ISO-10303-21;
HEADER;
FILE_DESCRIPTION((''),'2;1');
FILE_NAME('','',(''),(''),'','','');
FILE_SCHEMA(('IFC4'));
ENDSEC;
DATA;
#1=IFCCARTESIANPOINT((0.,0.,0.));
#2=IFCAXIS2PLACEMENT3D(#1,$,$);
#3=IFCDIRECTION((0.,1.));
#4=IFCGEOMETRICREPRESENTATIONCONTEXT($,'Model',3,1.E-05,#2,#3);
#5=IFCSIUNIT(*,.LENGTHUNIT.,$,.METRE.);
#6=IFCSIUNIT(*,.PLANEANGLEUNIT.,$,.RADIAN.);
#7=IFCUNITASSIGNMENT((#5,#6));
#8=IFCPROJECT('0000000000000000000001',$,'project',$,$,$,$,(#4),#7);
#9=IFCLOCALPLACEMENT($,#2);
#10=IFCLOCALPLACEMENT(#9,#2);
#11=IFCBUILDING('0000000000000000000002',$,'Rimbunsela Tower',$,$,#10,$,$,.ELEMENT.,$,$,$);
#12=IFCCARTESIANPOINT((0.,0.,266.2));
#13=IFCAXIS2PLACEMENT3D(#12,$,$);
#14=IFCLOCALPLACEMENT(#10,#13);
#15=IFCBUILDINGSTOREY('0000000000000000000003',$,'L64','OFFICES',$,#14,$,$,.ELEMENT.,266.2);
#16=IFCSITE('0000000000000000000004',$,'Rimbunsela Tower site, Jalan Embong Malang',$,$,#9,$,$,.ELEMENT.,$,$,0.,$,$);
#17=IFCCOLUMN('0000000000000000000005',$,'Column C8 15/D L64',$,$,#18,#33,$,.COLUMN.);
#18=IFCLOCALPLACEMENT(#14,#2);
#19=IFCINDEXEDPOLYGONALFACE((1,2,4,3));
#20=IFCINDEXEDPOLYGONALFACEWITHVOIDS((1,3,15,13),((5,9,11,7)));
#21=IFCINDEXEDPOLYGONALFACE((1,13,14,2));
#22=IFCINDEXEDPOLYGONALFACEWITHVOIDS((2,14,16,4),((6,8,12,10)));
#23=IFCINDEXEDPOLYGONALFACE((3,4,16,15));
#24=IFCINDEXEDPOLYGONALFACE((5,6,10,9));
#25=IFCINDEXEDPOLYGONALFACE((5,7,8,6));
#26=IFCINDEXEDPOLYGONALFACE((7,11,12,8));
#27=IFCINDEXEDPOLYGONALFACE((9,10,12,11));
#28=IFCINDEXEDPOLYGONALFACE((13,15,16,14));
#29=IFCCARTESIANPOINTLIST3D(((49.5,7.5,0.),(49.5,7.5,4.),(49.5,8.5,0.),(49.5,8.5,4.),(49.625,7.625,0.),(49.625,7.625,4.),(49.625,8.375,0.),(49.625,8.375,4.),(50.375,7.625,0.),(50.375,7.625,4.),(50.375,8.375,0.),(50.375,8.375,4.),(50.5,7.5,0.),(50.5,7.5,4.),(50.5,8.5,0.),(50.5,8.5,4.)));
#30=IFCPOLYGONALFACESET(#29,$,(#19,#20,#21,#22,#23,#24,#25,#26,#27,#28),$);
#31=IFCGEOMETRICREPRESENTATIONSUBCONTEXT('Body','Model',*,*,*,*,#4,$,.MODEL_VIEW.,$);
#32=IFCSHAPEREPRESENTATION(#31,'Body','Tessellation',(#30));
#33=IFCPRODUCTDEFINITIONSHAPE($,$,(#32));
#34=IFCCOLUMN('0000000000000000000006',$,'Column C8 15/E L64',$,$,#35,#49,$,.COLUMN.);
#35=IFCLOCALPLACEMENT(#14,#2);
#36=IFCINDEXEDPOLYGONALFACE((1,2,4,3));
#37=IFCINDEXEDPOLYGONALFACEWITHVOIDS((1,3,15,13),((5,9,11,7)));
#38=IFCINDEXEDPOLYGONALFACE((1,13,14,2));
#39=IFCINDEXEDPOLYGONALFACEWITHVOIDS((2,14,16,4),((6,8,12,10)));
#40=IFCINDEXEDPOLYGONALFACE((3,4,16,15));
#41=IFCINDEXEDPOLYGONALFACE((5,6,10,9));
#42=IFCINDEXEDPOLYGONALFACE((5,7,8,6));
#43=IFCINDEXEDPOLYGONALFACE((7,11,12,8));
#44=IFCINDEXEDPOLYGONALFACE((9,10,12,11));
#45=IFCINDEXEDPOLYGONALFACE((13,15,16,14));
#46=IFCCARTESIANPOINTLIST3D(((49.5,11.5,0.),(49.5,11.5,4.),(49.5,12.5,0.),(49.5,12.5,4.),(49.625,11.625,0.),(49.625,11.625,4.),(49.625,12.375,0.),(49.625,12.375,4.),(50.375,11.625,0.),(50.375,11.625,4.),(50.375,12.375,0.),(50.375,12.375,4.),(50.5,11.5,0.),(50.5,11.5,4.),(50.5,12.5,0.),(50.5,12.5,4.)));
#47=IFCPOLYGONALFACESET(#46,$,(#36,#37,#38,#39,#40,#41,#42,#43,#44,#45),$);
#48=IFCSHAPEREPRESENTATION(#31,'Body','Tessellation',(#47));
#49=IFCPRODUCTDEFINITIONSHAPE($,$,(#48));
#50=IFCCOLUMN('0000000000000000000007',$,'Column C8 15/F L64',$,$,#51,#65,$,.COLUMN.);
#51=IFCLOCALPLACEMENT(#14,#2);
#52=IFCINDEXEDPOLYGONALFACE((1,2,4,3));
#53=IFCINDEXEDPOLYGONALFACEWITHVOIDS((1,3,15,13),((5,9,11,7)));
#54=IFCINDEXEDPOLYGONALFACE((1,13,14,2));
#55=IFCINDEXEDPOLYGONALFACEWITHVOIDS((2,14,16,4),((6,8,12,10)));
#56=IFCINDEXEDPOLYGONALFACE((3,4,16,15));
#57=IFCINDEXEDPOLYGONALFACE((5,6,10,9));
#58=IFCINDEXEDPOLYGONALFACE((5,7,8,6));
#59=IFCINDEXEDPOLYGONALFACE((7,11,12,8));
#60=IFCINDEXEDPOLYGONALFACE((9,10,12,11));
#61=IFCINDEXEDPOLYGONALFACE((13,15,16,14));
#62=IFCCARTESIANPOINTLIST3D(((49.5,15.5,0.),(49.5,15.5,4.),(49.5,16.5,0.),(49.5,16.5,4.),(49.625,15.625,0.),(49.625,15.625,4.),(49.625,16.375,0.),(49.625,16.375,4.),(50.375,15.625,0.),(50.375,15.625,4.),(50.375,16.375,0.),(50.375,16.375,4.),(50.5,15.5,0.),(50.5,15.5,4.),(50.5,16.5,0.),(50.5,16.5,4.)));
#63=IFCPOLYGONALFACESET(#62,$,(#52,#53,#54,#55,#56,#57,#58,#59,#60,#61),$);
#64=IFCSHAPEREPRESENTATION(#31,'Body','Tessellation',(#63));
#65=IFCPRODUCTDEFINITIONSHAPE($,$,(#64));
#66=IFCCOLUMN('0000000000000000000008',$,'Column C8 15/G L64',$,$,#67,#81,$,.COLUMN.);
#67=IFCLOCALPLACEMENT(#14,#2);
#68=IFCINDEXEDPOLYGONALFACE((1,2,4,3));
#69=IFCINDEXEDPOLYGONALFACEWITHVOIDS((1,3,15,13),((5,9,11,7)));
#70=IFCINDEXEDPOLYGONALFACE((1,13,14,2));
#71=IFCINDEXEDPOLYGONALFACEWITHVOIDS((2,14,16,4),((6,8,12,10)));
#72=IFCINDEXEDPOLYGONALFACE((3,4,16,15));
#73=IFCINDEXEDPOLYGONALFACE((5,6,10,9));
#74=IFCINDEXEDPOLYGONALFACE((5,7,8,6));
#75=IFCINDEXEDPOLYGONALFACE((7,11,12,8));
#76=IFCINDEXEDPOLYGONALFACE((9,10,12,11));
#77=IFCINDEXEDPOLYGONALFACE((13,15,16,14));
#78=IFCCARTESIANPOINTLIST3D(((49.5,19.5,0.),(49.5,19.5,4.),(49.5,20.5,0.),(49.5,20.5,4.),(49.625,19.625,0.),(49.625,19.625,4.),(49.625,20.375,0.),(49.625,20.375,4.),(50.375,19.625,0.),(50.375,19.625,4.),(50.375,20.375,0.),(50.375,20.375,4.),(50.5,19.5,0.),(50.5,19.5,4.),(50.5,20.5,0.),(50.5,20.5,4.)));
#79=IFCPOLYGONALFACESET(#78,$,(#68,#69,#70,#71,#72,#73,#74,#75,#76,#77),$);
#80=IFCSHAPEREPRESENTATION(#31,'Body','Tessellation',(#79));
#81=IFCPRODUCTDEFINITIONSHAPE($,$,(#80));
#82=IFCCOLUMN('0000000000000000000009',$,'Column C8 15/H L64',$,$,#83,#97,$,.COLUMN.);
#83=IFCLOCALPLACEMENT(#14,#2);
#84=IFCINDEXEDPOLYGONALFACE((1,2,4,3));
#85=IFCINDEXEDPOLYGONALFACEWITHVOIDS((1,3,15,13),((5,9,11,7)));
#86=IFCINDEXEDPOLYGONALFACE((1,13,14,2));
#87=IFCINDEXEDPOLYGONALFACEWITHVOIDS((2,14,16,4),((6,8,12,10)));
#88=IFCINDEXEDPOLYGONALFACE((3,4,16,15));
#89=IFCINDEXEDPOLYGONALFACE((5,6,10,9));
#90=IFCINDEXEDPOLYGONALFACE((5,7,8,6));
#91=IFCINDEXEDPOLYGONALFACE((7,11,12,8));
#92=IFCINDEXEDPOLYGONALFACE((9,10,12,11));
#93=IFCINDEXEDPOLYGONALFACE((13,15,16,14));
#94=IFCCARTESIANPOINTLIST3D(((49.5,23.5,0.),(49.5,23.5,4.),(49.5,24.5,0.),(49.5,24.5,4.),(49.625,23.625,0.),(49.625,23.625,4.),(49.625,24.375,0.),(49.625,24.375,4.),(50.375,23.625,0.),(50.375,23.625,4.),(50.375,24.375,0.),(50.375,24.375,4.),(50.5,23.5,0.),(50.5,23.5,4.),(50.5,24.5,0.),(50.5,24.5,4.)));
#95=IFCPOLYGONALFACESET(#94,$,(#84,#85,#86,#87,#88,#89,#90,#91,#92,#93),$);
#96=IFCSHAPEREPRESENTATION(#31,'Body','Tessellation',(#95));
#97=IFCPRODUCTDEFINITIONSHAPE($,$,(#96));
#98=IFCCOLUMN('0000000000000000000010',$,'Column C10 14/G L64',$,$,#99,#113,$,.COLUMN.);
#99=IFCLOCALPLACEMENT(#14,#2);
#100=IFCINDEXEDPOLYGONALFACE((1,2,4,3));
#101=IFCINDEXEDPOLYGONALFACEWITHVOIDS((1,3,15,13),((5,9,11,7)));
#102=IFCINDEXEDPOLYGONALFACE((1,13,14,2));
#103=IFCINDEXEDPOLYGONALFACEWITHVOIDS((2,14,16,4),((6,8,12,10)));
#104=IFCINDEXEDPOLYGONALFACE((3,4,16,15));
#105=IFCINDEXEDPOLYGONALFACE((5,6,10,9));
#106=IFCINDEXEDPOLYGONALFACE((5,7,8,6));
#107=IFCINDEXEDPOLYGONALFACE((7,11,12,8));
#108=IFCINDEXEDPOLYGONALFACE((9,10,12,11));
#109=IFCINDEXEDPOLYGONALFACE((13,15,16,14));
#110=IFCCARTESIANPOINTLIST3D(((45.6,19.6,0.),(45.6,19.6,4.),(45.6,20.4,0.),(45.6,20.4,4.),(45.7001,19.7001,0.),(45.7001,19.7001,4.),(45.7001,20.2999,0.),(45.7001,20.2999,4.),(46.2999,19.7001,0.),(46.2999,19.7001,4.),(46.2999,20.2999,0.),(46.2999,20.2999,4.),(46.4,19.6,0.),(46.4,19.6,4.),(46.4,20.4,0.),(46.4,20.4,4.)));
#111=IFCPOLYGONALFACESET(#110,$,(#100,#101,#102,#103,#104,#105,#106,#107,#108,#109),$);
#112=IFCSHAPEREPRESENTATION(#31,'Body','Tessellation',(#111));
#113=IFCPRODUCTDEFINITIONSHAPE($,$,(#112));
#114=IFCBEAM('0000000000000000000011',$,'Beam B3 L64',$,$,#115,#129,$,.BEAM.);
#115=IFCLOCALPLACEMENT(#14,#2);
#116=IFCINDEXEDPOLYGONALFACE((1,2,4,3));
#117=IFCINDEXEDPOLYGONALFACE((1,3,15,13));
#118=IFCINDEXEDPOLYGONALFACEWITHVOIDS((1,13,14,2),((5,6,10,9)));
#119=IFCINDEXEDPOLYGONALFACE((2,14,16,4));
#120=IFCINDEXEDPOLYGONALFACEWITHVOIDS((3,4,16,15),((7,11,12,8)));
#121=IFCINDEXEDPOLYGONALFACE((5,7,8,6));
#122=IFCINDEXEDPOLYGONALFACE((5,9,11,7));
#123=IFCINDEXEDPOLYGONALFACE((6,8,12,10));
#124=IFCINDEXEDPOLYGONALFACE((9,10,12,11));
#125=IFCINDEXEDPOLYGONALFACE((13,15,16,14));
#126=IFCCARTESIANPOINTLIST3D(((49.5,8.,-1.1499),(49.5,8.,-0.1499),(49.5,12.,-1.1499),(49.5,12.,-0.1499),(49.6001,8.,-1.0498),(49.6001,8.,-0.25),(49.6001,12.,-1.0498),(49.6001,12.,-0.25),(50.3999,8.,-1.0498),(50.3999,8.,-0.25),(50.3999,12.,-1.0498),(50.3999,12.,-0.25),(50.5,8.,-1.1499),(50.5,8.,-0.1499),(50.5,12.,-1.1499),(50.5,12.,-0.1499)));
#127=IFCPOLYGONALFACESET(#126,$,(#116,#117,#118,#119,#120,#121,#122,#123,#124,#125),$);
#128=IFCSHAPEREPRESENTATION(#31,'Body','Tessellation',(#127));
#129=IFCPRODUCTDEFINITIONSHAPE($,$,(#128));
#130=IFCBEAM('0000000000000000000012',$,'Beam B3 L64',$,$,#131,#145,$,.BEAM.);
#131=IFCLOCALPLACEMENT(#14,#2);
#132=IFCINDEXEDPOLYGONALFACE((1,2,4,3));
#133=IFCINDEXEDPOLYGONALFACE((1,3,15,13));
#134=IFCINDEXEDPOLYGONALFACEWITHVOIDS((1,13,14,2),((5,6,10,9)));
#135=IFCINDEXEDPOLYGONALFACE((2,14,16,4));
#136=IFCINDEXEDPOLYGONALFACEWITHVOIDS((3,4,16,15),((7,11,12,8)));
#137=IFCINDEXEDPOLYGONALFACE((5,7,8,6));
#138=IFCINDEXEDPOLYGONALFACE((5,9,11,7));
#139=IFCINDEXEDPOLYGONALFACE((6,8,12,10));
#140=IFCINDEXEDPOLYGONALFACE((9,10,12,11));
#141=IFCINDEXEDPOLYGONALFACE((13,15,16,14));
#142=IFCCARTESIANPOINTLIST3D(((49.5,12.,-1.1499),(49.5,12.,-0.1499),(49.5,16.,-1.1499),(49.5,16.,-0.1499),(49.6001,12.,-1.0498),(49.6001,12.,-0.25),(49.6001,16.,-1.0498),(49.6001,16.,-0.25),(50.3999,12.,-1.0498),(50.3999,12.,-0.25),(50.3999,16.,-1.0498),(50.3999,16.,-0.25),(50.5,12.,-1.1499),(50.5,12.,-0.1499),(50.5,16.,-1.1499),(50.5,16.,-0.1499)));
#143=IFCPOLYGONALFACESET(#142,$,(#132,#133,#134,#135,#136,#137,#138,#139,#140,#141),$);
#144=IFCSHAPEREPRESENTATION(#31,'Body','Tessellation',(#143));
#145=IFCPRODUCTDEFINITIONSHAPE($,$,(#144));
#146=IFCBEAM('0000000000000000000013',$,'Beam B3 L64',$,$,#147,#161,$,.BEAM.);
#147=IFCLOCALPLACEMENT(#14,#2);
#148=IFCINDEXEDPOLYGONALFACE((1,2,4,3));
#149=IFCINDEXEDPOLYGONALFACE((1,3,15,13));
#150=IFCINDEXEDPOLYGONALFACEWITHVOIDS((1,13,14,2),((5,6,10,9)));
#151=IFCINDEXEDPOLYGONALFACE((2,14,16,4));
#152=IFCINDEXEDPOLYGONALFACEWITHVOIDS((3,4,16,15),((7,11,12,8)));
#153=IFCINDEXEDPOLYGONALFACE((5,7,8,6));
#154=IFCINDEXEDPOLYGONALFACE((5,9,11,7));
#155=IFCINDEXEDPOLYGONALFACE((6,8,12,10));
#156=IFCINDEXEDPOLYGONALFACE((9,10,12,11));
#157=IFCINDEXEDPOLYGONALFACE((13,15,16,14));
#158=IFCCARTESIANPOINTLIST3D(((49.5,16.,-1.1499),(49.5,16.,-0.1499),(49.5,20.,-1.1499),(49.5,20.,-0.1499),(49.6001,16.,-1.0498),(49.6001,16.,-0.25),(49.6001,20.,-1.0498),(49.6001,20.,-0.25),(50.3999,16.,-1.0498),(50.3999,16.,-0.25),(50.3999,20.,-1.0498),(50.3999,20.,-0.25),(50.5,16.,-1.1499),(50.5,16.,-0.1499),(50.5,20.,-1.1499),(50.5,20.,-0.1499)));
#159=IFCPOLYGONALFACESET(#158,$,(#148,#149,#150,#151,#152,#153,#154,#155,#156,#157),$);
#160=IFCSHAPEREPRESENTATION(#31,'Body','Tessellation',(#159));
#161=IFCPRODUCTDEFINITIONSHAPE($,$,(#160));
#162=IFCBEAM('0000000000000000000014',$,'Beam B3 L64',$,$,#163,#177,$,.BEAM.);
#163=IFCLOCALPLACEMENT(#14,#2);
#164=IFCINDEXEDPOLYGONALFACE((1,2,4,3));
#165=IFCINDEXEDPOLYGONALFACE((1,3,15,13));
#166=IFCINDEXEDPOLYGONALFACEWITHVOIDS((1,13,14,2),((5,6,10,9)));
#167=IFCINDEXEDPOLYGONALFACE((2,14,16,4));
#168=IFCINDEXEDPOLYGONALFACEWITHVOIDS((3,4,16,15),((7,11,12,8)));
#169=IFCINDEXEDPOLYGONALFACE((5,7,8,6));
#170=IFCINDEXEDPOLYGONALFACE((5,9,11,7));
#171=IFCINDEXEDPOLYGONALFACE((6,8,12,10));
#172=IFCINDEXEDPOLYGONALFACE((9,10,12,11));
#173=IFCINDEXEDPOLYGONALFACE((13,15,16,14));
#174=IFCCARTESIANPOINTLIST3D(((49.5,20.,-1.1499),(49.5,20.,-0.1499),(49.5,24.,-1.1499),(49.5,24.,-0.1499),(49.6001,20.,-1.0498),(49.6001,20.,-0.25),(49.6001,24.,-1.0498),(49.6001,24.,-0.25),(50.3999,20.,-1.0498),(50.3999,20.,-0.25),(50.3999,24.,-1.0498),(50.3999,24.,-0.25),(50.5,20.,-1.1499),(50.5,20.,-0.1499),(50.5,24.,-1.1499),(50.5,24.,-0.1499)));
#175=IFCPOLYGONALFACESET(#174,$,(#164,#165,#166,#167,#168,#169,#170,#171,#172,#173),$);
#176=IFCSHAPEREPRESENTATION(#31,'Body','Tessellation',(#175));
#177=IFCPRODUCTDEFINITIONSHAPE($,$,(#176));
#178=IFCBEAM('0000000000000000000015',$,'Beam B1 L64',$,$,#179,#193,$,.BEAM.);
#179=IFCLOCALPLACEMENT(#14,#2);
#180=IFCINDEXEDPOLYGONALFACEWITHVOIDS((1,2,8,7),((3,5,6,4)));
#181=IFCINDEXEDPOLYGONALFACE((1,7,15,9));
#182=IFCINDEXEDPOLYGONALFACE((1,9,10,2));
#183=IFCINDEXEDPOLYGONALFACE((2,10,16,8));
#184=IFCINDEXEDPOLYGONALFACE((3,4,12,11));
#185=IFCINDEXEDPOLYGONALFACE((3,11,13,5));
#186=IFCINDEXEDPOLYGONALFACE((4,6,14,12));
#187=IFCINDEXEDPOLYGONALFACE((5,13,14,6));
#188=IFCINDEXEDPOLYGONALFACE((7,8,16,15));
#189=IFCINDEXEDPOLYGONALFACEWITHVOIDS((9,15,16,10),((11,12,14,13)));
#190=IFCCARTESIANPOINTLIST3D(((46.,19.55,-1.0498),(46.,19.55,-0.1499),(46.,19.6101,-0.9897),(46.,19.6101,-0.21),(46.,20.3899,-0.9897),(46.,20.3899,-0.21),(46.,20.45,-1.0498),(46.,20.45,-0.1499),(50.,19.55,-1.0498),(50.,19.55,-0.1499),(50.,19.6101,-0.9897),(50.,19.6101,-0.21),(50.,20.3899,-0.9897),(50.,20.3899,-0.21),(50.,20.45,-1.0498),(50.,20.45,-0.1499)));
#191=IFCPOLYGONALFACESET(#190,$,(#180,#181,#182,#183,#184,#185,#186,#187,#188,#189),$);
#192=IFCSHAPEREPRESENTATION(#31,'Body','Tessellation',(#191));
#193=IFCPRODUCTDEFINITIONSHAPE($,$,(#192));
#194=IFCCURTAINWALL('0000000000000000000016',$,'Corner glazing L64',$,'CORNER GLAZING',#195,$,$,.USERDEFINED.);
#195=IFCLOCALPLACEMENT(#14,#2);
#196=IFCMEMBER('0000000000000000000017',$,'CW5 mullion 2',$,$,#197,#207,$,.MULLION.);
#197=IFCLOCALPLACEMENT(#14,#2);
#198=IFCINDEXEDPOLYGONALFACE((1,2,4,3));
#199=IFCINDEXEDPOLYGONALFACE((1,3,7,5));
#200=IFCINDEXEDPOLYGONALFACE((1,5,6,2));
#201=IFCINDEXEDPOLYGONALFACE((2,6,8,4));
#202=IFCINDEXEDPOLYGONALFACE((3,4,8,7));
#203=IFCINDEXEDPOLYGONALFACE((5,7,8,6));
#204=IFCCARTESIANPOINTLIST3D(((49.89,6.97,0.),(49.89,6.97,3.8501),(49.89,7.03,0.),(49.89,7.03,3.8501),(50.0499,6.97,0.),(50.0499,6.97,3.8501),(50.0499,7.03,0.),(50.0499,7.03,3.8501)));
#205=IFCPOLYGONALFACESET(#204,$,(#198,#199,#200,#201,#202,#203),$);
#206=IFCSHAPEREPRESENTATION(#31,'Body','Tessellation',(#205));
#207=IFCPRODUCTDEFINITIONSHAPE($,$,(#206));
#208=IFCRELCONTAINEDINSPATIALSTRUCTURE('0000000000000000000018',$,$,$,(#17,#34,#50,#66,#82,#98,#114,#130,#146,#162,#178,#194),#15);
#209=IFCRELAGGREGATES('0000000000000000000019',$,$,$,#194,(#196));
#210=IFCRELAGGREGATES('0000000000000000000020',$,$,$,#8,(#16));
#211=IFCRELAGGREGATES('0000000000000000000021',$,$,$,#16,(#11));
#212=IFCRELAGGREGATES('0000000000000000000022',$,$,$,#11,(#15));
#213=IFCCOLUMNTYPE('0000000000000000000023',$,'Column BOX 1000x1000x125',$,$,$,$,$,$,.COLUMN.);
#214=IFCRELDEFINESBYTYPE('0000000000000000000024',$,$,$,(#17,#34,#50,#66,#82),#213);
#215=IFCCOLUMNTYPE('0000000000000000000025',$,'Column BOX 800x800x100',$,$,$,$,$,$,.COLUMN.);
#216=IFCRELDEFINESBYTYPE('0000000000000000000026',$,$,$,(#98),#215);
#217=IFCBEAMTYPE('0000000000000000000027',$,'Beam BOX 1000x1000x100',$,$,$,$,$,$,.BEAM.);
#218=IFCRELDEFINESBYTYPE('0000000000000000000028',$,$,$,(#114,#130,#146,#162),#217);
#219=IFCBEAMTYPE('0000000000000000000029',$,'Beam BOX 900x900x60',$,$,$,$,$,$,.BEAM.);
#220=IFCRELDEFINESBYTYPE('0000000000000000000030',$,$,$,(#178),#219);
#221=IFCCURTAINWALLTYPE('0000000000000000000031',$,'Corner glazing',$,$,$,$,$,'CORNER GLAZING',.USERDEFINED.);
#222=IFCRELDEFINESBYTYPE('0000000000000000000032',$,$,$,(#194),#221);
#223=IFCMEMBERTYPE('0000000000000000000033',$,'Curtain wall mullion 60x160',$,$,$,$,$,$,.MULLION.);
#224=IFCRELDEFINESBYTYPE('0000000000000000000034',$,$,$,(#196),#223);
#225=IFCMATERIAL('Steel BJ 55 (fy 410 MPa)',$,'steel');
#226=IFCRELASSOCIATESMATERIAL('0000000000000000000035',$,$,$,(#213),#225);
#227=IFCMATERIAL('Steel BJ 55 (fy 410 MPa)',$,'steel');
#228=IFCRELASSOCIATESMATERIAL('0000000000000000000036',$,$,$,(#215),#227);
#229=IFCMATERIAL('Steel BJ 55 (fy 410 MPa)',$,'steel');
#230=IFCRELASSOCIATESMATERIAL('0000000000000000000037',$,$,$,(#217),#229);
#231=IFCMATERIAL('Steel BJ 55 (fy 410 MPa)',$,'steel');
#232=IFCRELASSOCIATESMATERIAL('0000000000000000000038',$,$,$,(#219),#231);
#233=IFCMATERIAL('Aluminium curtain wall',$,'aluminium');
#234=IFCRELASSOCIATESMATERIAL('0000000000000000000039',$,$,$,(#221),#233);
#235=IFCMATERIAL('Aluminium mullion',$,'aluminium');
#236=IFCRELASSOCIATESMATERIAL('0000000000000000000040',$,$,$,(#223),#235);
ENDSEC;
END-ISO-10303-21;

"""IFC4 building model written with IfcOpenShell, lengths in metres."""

from ifc_helpers import new_model, si_unit, direction, frame, origin, origin_2d, place, context, subcontext, project, spatial, rectangle, hollow_rectangle, extrude, material, material_profile, profile_set, type_object, element, aggregate, save


model = new_model("IFC4")

# Units and contexts
model_context = context("Model", 3, precision=1e-05, world=origin(), true_north=direction((0.0, 1.0)))
body_context = subcontext(model_context, "Body", "Model", "MODEL_VIEW")
ifc_project = project(units=[si_unit("LENGTHUNIT", "METRE"), si_unit("PLANEANGLEUNIT", "RADIAN")], contexts=[model_context])

# Site, building, storey
site_placement = place(None, origin())
site = spatial("IfcSite", under=ifc_project, at=site_placement, Name="Rimbunsela Tower site, Jalan Embong Malang", CompositionType="ELEMENT", RefElevation=0.0)
building_placement = place(site_placement, origin())
building = spatial("IfcBuilding", under=site, at=building_placement, Name="Rimbunsela Tower", CompositionType="ELEMENT")
storey_placement = place(building_placement, frame((0.0, 0.0, 266.2)))
storey = spatial("IfcBuildingStorey", under=building, at=storey_placement, Name="L64", Description="OFFICES", CompositionType="ELEMENT", Elevation=266.2)

# Columns
ifc_material_1 = material(Name="Steel BJ 55 (fy 410 MPa)", Category="steel")
ifc_material_profile_1 = material_profile(ifc_material_1, hollow_rectangle(XDim=1.0, YDim=1.0, WallThickness=0.125, at=origin_2d()), Name="BOX 1000x1000x125")
ifc_profile_set_1 = profile_set([ifc_material_profile_1], Name="Steel BJ 55 (fy 410 MPa)")
column_type_1 = type_object("IfcColumnType", Name="Column BOX 1000x1000x125", PredefinedType="COLUMN", material=ifc_profile_set_1)
for number, where, z_axis, x_axis, name in (
    (1, (50.0, 8.0, 0.0), (0.0, 0.0, 1.0), (1.0, 0.0, 0.0), "Column C8 15/D L64"),
    (2, (50.0, 12.0, 0.0), (0.0, 0.0, 1.0), (1.0, 0.0, 0.0), "Column C8 15/E L64"),
    (3, (50.0, 16.0, 0.0), (0.0, 0.0, 1.0), (1.0, 0.0, 0.0), "Column C8 15/F L64"),
    (4, (50.0, 20.0, 0.0), (0.0, 0.0, 1.0), (1.0, 0.0, 0.0), "Column C8 15/G L64"),
    (5, (50.0, 24.0, 0.0), (0.0, 0.0, 1.0), (1.0, 0.0, 0.0), "Column C8 15/H L64"),
):
    element("IfcColumn", number, at=place(storey_placement, frame(where, z_axis=z_axis, x_axis=x_axis)), inside=storey, type_object=column_type_1, Name=name, PredefinedType="COLUMN", context=body_context, shape_type="SweptSolid", body=[
        extrude(hollow_rectangle(XDim=1.0, YDim=1.0, WallThickness=0.125, at=origin_2d()), origin(), (0.0, 0.0, 1.0), 4.0),
    ])
ifc_material_2 = material(Name="Steel BJ 55 (fy 410 MPa)", Category="steel")
ifc_material_profile_2 = material_profile(ifc_material_2, hollow_rectangle(XDim=0.8, YDim=0.8, WallThickness=0.1001, at=origin_2d()), Name="BOX 800x800x100")
ifc_profile_set_2 = profile_set([ifc_material_profile_2], Name="Steel BJ 55 (fy 410 MPa)")
column_type_2 = type_object("IfcColumnType", Name="Column BOX 800x800x100", PredefinedType="COLUMN", material=ifc_profile_set_2)
column_placement = place(storey_placement, frame((46.0, 20.0, 0.0), z_axis=(0.0, 0.0, 1.0), x_axis=(1.0, 0.0, 0.0)))
element("IfcColumn", 6, at=column_placement, inside=storey, type_object=column_type_2, Name="Column C10 14/G L64", PredefinedType="COLUMN", context=body_context, shape_type="SweptSolid", body=[
    extrude(hollow_rectangle(XDim=0.8, YDim=0.8, WallThickness=0.1001, at=origin_2d()), origin(), (0.0, 0.0, 1.0), 4.0),
])

# Beams
ifc_material_3 = material(Name="Steel BJ 55 (fy 410 MPa)", Category="steel")
ifc_material_profile_3 = material_profile(ifc_material_3, hollow_rectangle(XDim=1.0, YDim=1.0, WallThickness=0.1001, at=origin_2d()), Name="BOX 1000x1000x100")
ifc_profile_set_3 = profile_set([ifc_material_profile_3], Name="Steel BJ 55 (fy 410 MPa)")
beam_type_1 = type_object("IfcBeamType", Name="Beam BOX 1000x1000x100", PredefinedType="BEAM", material=ifc_profile_set_3)
for number, where, z_axis, x_axis, name in (
    (7, (50.0, 8.0, -0.6499), (0.0, 1.0, 0.0), (-1.0, 0.0, 0.0), "Beam B3 L64"),
    (8, (50.0, 12.0, -0.6499), (0.0, 1.0, 0.0), (-1.0, 0.0, 0.0), "Beam B3 L64"),
    (9, (50.0, 16.0, -0.6499), (0.0, 1.0, 0.0), (-1.0, 0.0, 0.0), "Beam B3 L64"),
    (10, (50.0, 20.0, -0.6499), (0.0, 1.0, 0.0), (-1.0, 0.0, 0.0), "Beam B3 L64"),
):
    element("IfcBeam", number, at=place(storey_placement, frame(where, z_axis=z_axis, x_axis=x_axis)), inside=storey, type_object=beam_type_1, Name=name, PredefinedType="BEAM", context=body_context, shape_type="SweptSolid", body=[
        extrude(hollow_rectangle(XDim=1.0, YDim=1.0, WallThickness=0.1001, at=origin_2d()), origin(), (0.0, 0.0, 1.0), 4.0),
    ])
ifc_material_4 = material(Name="Steel BJ 55 (fy 410 MPa)", Category="steel")
ifc_material_profile_4 = material_profile(ifc_material_4, hollow_rectangle(XDim=0.8999, YDim=0.8999, WallThickness=0.0601, at=origin_2d()), Name="BOX 900x900x60")
ifc_profile_set_4 = profile_set([ifc_material_profile_4], Name="Steel BJ 55 (fy 410 MPa)")
beam_type_2 = type_object("IfcBeamType", Name="Beam BOX 900x900x60", PredefinedType="BEAM", material=ifc_profile_set_4)
beam_placement = place(storey_placement, frame((46.0, 20.0, -0.5999), z_axis=(1.0, 0.0, 0.0), x_axis=(0.0, 1.0, 0.0)))
element("IfcBeam", 11, at=beam_placement, inside=storey, type_object=beam_type_2, Name="Beam B1 L64", PredefinedType="BEAM", context=body_context, shape_type="SweptSolid", body=[
    extrude(hollow_rectangle(XDim=0.8999, YDim=0.8999, WallThickness=0.0601, at=origin_2d()), origin(), (0.0, 0.0, 1.0), 4.0),
])

# Curtain wall, member
ifc_material_5 = material(Name="Aluminium curtain wall", Category="aluminium")
curtain_wall_type = type_object("IfcCurtainWallType", Name="Corner glazing", ElementType="CORNER GLAZING", PredefinedType="USERDEFINED", material=ifc_material_5)
curtain_wall_placement = place(storey_placement, origin())
curtain_wall = element("IfcCurtainWall", 12, at=curtain_wall_placement, inside=storey, type_object=curtain_wall_type, Name="Corner glazing L64", ObjectType="CORNER GLAZING", PredefinedType="USERDEFINED")
ifc_material_6 = material(Name="Aluminium mullion", Category="aluminium")
ifc_material_profile_5 = material_profile(ifc_material_6, rectangle(XDim=0.0601, YDim=0.1599, at=origin_2d()), Name="Mullion 60x160")
ifc_profile_set_5 = profile_set([ifc_material_profile_5], Name="Aluminium mullion")
member_type = type_object("IfcMemberType", Name="Curtain wall mullion 60x160", PredefinedType="MULLION", material=ifc_profile_set_5)
member_placement = place(storey_placement, frame((49.97, 7.0, 0.0), z_axis=(0.0, 0.0, 1.0), x_axis=(0.0, 1.0, 0.0)))
member = element("IfcMember", 13, at=member_placement, type_object=member_type, Name="CW5 mullion 2", PredefinedType="MULLION", context=body_context, shape_type="SweptSolid", body=[
    extrude(rectangle(XDim=0.0601, YDim=0.1599, at=origin_2d()), origin(), (0.0, 0.0, 1.0), 3.8501),
])
aggregate(curtain_wall, [member])

save(model, "model.ifc")
